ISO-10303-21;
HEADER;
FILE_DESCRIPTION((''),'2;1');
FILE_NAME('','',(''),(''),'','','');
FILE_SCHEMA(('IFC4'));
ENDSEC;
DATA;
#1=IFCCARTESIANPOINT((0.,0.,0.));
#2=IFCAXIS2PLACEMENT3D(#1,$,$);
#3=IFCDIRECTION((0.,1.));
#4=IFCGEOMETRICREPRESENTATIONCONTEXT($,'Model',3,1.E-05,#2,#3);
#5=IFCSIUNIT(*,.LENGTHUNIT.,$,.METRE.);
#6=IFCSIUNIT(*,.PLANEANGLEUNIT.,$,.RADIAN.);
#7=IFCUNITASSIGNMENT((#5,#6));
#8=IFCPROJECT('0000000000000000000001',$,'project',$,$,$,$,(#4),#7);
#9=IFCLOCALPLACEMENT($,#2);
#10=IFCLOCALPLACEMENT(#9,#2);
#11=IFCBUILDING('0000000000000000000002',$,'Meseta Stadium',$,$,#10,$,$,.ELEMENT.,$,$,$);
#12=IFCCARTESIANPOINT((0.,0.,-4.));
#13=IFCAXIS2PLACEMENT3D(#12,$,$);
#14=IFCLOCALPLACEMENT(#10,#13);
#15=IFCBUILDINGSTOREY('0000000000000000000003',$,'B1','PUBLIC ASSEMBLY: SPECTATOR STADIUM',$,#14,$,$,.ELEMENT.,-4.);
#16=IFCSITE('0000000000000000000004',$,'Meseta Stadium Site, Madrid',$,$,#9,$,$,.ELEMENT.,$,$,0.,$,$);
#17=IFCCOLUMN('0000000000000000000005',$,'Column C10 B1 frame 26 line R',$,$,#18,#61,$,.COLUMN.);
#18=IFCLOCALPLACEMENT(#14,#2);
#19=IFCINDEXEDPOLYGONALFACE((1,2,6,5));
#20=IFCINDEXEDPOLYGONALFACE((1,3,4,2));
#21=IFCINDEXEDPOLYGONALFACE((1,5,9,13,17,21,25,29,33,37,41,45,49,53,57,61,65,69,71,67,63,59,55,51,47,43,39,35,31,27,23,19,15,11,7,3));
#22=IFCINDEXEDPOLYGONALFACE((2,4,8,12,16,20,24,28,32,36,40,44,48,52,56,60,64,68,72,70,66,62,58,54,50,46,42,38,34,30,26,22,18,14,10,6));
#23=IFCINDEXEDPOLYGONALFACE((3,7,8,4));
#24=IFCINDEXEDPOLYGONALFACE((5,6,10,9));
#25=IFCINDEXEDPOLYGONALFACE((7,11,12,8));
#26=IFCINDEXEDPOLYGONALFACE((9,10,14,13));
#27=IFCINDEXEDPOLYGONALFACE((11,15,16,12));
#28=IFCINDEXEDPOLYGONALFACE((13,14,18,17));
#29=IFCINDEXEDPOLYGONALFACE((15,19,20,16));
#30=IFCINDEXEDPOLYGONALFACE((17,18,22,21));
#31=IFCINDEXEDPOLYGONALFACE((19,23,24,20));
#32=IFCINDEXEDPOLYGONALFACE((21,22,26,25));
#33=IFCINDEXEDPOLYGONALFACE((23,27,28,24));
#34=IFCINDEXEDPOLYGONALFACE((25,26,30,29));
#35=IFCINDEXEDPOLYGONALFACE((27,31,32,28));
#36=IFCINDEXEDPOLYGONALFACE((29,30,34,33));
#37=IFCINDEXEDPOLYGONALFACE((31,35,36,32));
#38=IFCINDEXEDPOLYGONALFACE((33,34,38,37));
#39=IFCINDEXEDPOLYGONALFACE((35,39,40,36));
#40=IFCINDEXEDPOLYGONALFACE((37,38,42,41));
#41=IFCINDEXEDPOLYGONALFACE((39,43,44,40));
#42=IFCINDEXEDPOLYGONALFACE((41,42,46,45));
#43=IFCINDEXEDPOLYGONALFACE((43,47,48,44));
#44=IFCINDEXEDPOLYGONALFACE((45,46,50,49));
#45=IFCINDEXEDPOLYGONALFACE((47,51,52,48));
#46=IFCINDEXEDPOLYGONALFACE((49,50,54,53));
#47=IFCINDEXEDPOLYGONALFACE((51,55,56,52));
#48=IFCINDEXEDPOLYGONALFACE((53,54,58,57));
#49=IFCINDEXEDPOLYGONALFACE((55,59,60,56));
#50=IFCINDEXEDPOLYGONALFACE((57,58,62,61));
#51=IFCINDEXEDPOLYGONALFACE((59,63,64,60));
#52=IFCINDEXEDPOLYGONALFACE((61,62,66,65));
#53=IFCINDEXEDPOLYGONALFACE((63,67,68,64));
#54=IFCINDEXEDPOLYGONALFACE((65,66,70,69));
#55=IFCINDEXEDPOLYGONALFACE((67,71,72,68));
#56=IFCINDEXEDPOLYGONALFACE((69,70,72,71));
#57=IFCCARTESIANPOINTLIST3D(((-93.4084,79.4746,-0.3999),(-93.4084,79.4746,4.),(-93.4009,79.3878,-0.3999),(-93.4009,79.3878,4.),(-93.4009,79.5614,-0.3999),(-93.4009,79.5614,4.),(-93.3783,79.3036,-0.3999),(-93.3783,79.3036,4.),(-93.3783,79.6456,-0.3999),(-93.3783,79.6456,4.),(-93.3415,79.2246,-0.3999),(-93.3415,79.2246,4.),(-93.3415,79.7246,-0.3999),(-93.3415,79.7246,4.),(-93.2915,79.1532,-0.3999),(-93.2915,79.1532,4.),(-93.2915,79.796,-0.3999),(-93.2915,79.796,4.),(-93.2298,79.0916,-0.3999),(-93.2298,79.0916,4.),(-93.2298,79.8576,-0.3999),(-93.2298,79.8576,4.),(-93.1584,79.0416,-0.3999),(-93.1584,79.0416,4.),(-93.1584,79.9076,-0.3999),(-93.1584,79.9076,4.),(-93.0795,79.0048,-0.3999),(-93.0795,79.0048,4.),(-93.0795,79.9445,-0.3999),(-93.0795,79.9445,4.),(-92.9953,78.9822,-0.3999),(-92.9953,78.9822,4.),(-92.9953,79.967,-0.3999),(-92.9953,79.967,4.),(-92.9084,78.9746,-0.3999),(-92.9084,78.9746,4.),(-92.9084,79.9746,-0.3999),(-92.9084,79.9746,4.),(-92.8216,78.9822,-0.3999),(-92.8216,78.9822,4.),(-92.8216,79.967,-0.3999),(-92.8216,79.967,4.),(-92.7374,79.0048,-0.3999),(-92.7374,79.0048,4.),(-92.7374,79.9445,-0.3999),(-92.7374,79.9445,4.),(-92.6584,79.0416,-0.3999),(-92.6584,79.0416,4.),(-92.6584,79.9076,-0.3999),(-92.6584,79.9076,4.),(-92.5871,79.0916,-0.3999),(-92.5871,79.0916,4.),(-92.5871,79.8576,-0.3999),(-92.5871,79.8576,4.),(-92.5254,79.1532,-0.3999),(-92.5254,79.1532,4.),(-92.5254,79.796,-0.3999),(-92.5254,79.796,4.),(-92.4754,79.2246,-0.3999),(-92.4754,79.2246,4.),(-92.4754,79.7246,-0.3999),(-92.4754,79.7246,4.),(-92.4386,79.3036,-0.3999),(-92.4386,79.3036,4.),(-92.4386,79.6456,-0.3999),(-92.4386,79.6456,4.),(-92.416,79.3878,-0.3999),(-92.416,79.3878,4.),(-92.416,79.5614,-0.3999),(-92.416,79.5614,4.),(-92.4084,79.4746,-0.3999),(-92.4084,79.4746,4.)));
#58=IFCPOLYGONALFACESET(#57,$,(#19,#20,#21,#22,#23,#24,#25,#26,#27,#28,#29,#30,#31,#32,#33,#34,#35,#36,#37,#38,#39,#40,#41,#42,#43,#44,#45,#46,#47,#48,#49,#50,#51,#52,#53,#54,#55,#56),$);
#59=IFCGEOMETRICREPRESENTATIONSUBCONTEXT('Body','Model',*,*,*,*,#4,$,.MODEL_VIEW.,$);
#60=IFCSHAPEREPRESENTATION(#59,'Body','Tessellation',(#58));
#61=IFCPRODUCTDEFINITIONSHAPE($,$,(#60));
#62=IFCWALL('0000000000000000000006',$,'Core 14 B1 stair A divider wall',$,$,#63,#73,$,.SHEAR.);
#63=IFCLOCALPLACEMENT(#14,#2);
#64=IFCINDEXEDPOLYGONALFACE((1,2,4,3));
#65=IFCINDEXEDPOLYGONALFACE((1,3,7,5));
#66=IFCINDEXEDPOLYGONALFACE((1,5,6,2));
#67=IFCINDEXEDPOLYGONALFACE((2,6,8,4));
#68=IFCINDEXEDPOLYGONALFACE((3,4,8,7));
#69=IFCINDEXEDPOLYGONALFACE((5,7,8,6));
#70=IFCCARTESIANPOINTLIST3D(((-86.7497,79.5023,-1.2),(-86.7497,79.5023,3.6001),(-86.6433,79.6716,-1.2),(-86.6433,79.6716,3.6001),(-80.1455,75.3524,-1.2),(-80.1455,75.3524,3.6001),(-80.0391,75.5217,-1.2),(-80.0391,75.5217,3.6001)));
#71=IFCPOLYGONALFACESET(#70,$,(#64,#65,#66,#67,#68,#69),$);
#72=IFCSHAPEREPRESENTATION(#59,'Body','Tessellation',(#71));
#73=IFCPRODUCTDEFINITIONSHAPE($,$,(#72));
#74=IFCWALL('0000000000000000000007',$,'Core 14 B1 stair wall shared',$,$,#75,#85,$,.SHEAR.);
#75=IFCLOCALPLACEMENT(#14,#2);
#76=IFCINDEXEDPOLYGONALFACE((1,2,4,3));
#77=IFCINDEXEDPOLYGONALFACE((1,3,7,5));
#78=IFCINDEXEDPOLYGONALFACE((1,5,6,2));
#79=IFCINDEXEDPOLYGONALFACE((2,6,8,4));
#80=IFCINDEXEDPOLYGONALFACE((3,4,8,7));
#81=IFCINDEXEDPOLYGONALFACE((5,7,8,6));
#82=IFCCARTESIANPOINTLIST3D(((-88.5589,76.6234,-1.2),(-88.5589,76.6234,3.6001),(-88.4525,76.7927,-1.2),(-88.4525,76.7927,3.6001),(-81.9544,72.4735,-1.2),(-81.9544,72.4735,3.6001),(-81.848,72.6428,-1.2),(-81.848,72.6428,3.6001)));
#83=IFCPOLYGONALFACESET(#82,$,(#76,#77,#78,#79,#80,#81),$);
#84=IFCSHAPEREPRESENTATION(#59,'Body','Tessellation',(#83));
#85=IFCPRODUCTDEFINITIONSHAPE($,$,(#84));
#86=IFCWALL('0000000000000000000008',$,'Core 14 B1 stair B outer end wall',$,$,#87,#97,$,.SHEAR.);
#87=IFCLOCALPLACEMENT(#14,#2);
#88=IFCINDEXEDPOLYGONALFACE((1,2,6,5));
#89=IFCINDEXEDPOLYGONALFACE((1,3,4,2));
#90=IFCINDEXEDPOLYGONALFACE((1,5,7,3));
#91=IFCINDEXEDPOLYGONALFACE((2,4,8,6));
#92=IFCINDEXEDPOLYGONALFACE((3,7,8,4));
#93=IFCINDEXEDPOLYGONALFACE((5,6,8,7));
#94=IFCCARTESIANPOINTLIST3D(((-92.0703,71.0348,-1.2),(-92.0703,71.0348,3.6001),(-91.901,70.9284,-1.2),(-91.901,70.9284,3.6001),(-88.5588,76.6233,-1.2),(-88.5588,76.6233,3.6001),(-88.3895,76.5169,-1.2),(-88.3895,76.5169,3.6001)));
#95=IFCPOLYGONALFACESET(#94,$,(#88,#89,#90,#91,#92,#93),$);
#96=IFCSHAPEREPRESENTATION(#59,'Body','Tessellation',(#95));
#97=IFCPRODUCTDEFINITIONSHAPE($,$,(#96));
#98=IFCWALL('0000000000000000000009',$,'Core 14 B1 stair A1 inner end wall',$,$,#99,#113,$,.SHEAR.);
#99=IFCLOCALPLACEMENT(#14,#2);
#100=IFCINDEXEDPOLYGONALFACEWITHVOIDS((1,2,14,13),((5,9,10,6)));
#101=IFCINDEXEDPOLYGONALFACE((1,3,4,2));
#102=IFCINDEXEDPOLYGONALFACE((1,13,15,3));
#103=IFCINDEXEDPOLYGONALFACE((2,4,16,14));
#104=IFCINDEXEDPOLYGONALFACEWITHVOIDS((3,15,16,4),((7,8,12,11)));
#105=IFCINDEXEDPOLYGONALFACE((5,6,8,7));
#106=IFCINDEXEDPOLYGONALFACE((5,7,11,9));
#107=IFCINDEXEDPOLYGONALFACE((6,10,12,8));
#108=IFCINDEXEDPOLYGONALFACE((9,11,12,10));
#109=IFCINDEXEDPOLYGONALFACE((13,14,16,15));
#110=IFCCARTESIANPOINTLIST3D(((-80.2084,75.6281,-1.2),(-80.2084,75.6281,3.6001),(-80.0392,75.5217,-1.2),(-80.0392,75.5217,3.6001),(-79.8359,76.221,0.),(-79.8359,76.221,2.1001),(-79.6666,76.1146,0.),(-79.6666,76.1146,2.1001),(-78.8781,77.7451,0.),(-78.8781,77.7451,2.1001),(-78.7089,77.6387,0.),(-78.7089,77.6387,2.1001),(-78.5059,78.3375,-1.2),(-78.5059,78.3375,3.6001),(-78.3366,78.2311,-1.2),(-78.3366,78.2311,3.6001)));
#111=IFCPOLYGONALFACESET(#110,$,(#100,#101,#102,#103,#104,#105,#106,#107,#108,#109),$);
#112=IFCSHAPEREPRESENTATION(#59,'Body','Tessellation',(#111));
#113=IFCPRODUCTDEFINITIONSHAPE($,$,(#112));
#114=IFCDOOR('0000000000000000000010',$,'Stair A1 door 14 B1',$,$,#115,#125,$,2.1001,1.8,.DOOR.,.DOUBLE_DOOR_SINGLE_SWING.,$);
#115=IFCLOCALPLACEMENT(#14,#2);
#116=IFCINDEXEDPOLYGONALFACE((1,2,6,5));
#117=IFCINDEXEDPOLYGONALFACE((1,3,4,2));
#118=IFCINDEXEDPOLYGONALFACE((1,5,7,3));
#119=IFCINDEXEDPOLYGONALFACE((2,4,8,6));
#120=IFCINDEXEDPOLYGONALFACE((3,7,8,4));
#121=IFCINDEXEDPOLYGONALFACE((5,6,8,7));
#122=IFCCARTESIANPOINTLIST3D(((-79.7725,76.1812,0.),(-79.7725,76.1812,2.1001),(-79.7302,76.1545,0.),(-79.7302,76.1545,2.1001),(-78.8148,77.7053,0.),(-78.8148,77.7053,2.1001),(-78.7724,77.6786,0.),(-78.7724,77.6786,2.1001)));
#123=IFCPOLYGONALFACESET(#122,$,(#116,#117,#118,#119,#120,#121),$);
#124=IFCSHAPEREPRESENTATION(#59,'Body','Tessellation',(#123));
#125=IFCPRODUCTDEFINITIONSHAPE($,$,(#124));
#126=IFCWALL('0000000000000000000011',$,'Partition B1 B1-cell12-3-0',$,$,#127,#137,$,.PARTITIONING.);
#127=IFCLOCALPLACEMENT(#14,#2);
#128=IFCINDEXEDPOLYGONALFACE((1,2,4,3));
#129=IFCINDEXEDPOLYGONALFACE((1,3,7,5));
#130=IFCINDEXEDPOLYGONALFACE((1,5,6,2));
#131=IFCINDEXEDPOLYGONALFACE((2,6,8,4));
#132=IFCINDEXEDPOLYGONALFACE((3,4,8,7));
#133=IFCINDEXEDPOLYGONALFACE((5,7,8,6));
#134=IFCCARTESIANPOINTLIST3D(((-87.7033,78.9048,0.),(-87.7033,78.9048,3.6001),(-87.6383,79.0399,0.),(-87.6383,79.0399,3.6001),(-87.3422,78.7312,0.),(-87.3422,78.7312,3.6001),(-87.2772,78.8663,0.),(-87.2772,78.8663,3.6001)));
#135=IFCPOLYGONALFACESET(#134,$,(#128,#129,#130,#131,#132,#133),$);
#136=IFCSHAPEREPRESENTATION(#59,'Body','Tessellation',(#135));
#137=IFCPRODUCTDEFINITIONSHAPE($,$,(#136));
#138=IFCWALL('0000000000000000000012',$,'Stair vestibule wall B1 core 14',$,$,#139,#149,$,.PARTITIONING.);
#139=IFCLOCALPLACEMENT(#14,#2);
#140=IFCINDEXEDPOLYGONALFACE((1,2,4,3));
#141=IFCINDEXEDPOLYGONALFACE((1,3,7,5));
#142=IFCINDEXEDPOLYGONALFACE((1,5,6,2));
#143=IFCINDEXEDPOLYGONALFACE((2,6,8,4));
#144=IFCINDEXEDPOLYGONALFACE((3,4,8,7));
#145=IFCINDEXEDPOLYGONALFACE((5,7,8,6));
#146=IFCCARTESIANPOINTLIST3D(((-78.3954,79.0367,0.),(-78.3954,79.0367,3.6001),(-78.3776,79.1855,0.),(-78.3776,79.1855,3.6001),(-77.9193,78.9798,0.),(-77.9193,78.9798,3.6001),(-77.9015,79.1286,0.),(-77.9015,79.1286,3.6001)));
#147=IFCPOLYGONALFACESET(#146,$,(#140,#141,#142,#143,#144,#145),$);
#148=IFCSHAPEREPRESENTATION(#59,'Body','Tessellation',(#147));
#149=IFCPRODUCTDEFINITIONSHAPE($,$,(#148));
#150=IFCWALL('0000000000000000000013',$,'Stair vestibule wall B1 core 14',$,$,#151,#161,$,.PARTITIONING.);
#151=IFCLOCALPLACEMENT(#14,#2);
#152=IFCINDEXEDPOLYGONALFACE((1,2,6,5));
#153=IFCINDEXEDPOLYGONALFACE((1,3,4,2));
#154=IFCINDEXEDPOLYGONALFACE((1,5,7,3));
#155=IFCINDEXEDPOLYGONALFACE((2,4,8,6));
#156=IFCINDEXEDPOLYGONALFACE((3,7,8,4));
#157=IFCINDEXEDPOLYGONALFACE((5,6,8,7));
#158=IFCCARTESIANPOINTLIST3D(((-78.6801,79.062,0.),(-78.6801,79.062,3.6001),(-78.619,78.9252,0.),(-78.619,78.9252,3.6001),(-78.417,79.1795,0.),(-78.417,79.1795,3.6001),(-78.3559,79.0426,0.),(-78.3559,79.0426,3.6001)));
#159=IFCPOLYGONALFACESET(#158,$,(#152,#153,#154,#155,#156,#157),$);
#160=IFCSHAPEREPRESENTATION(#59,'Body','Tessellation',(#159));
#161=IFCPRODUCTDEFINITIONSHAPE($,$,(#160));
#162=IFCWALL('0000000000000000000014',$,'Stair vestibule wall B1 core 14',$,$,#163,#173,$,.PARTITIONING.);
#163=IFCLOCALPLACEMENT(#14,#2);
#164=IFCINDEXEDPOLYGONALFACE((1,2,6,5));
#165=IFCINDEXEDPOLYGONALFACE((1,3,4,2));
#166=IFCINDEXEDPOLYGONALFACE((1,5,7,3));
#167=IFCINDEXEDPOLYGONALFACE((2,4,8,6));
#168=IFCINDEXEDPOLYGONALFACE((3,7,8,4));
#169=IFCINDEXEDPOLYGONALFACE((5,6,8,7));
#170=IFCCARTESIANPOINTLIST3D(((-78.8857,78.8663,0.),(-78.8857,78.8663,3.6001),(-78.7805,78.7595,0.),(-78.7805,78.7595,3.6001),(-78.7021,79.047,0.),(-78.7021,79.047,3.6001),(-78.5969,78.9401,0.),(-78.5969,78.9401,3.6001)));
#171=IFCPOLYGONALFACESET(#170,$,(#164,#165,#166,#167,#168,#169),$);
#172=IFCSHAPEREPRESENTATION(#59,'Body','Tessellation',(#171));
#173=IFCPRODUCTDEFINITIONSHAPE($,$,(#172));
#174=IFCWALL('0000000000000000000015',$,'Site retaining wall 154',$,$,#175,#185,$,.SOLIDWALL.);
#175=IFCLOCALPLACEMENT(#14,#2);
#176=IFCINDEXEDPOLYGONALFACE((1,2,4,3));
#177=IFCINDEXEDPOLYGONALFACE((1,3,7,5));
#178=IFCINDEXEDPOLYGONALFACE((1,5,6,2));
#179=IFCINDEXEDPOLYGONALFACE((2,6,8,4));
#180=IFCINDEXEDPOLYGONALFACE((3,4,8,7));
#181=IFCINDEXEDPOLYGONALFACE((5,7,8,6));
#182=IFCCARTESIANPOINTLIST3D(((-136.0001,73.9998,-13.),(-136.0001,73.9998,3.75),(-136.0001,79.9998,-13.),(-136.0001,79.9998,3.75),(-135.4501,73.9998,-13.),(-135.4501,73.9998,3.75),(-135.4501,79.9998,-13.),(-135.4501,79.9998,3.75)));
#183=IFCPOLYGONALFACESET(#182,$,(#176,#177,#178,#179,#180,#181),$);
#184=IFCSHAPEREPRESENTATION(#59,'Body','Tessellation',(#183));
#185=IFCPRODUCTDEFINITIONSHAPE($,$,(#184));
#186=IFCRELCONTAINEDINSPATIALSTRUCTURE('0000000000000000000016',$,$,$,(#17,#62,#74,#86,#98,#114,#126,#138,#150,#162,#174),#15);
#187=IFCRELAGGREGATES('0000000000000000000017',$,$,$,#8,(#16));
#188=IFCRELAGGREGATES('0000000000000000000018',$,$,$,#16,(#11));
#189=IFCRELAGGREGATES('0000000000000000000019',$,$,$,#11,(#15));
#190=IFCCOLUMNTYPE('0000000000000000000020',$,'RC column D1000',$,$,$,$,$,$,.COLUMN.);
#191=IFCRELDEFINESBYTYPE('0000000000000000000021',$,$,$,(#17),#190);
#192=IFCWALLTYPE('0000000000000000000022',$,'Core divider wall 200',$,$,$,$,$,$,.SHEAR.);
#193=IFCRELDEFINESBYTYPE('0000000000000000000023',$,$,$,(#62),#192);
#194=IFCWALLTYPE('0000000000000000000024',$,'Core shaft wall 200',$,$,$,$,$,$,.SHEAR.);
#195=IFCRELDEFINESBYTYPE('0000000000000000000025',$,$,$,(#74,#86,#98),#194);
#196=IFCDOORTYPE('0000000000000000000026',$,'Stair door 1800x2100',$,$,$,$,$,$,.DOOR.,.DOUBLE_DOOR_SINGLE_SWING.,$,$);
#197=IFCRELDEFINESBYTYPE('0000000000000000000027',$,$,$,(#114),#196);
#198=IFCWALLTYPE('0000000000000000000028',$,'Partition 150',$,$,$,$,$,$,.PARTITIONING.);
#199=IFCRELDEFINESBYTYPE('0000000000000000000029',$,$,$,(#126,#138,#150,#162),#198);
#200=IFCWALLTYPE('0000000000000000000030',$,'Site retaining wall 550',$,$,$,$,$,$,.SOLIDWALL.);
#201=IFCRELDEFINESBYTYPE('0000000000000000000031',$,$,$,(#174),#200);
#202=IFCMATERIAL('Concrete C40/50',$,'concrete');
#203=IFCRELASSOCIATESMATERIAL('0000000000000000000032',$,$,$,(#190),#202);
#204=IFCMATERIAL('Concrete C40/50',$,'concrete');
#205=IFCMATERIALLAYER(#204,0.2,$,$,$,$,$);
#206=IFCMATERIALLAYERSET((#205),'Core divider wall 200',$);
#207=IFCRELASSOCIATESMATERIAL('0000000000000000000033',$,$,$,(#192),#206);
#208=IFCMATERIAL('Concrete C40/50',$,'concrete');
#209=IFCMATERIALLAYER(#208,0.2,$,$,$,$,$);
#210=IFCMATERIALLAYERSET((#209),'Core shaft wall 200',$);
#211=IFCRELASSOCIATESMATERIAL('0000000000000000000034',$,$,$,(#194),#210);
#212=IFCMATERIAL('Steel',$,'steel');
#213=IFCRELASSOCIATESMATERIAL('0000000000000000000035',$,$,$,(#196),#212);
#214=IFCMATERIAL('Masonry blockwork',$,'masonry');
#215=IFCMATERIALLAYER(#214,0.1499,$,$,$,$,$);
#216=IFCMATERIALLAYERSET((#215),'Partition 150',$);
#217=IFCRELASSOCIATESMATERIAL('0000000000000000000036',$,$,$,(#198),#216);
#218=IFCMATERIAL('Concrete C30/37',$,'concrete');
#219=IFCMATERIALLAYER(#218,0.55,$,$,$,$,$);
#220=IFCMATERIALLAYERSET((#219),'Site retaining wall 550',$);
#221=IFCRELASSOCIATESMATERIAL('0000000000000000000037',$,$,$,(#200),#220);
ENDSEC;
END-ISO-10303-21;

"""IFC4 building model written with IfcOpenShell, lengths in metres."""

from ifc_helpers import new_model, si_unit, direction, frame, frame_2d, origin, origin_2d, place, context, subcontext, project, spatial, rectangle, circle, extrude, material, layer, layer_set, material_profile, profile_set, type_object, element, fill, save


model = new_model("IFC4")

# Units and contexts
model_context = context("Model", 3, precision=1e-05, world=origin(), true_north=direction((0.0, 1.0)))
body_context = subcontext(model_context, "Body", "Model", "MODEL_VIEW")
ifc_project = project(units=[si_unit("LENGTHUNIT", "METRE"), si_unit("PLANEANGLEUNIT", "RADIAN")], contexts=[model_context])

# Site, building, storey
site_placement = place(None, origin())
site = spatial("IfcSite", under=ifc_project, at=site_placement, Name="Meseta Stadium Site, Madrid", CompositionType="ELEMENT", RefElevation=0.0)
building_placement = place(site_placement, origin())
building = spatial("IfcBuilding", under=site, at=building_placement, Name="Meseta Stadium", CompositionType="ELEMENT")
storey_placement = place(building_placement, frame((0.0, 0.0, -4.0)))
storey = spatial("IfcBuildingStorey", under=building, at=storey_placement, Name="B1", Description="PUBLIC ASSEMBLY: SPECTATOR STADIUM", CompositionType="ELEMENT", Elevation=-4.0)

# Column
ifc_material_1 = material(Name="Concrete C40/50", Category="concrete")
ifc_material_profile = material_profile(ifc_material_1, circle(Radius=0.5, at=origin_2d()), Name="RC D1000")
ifc_profile_set = profile_set([ifc_material_profile], Name="Concrete C40/50")
column_type = type_object("IfcColumnType", Name="RC column D1000", PredefinedType="COLUMN", material=ifc_profile_set)
column_placement = place(storey_placement, frame((-92.9084, 79.4746, -0.3999), z_axis=(0.0, 0.0, 1.0), x_axis=(1.0, 0.0, 0.0)))
element("IfcColumn", 1, at=column_placement, inside=storey, type_object=column_type, Name="Column C10 B1 frame 26 line R", PredefinedType="COLUMN", context=body_context, shape_type="SweptSolid", body=[
    extrude(circle(Radius=0.5, at=origin_2d()), origin(), (0.0, 0.0, 1.0), 4.3999),
])

# Walls
ifc_material_2 = material(Name="Concrete C40/50", Category="concrete")
ifc_layer_1 = layer(ifc_material_2, 0.2)
ifc_layer_set_1 = layer_set([ifc_layer_1], Name="Core divider wall 200")
wall_type_1 = type_object("IfcWallType", Name="Core divider wall 200", PredefinedType="SHEAR", material=ifc_layer_set_1)
wall_1_placement = place(storey_placement, frame((-86.6965, 79.5869, -1.2), z_axis=(0.0, 0.0, 1.0), x_axis=(0.846714, -0.532048, 0.0)))
element("IfcWall", 2, at=wall_1_placement, inside=storey, type_object=wall_type_1, Name="Core 14 B1 stair A divider wall", PredefinedType="SHEAR", context=body_context, shape_type="SweptSolid", body=[
    extrude(rectangle(XDim=7.7998, YDim=0.2, at=frame_2d((3.8999, 0.0))), origin(), (0.0, 0.0, 1.0), 4.8),
])
ifc_material_3 = material(Name="Concrete C40/50", Category="concrete")
ifc_layer_2 = layer(ifc_material_3, 0.2)
ifc_layer_set_2 = layer_set([ifc_layer_2], Name="Core shaft wall 200")
wall_type_2 = type_object("IfcWallType", Name="Core shaft wall 200", PredefinedType="SHEAR", material=ifc_layer_set_2)
wall_2_placement = place(storey_placement, frame((-88.5056, 76.708, -1.2), z_axis=(0.0, 0.0, 1.0), x_axis=(0.846723, -0.532034, 0.0)))
element("IfcWall", 3, at=wall_2_placement, inside=storey, type_object=wall_type_2, Name="Core 14 B1 stair wall shared", PredefinedType="SHEAR", context=body_context, shape_type="SweptSolid", body=[
    extrude(rectangle(XDim=7.8, YDim=0.2, at=frame_2d((3.8999, 0.0))), origin(), (0.0, 0.0, 1.0), 4.8),
])
wall_3_placement = place(storey_placement, frame((-88.4741, 76.5701, -1.2), z_axis=(0.0, 0.0, 1.0), x_axis=(-0.532039, -0.84672, 0.0)))
element("IfcWall", 4, at=wall_3_placement, inside=storey, type_object=wall_type_2, Name="Core 14 B1 stair B outer end wall", PredefinedType="SHEAR", context=body_context, shape_type="SweptSolid", body=[
    extrude(rectangle(XDim=6.6001, YDim=0.2, at=frame_2d((3.3, 0.0))), origin(), (0.0, 0.0, 1.0), 4.8),
])

# Wall, opening, door
wall_4_placement = place(storey_placement, frame((-78.4211, 78.2844, -1.2), z_axis=(0.0, 0.0, 1.0), x_axis=(-0.532068, -0.846701, 0.0)))
wall_4 = element("IfcWall", 5, at=wall_4_placement, inside=storey, type_object=wall_type_2, Name="Core 14 B1 stair A1 inner end wall", PredefinedType="SHEAR", context=body_context, shape_type="SweptSolid", body=[
    extrude(rectangle(XDim=3.2, YDim=0.2, at=frame_2d((1.6001, 0.0))), origin(), (0.0, 0.0, 1.0), 4.8),
])
opening_placement = place(wall_4_placement, frame((0.7, 0.0, 1.2)))
opening = element("IfcOpeningElement", 6, at=opening_placement, cuts=wall_4, PredefinedType="OPENING", context=body_context, shape_type="SweptSolid", body=[
    extrude(rectangle(XDim=1.8, YDim=2.1001, at=frame_2d((0.8999, 1.05))), frame((0.0, 0.1099, 0.0), z_axis=(0.0, -1.0, 0.0), x_axis=(1.0, 0.0, 0.0)), (0.0, 0.0, 1.0), 0.22),
])
ifc_material_4 = material(Name="Steel", Category="steel")
door_type = type_object("IfcDoorType", Name="Stair door 1800x2100", OperationType="DOUBLE_DOOR_SINGLE_SWING", PredefinedType="DOOR", material=ifc_material_4)
door_placement = place(opening_placement, origin())
door = element("IfcDoor", 7, at=door_placement, inside=storey, type_object=door_type, Name="Stair A1 door 14 B1", OperationType="DOUBLE_DOOR_SINGLE_SWING", OverallHeight=2.1001, OverallWidth=1.8, PredefinedType="DOOR", context=body_context, shape_type="SweptSolid", body=[
    extrude(rectangle(XDim=1.8, YDim=2.1001, at=frame_2d((0.8999, 1.05))), frame((0.0, 0.0249, 0.0), z_axis=(0.0, -1.0, 0.0), x_axis=(1.0, 0.0, 0.0)), (0.0, 0.0, 1.0), 0.05),
])
fill(opening, door)

# Walls
ifc_material_5 = material(Name="Masonry blockwork", Category="masonry")
ifc_layer_3 = layer(ifc_material_5, 0.1499)
ifc_layer_set_3 = layer_set([ifc_layer_3], Name="Partition 150")
wall_type_3 = type_object("IfcWallType", Name="Partition 150", PredefinedType="PARTITIONING", material=ifc_layer_set_3)
wall_5_placement = place(storey_placement, frame((-87.3098, 78.7988, 0.0), z_axis=(0.0, 0.0, 1.0), x_axis=(-0.901266, 0.433266, 0.0)))
element("IfcWall", 8, at=wall_5_placement, inside=storey, type_object=wall_type_3, Name="Partition B1 B1-cell12-3-0", PredefinedType="PARTITIONING", context=body_context, shape_type="SweptSolid", body=[
    extrude(rectangle(XDim=0.4006, YDim=0.1499, at=frame_2d((0.2002, 0.0))), origin(), (0.0, 0.0, 1.0), 3.6001),
])
wall_6_placement = place(storey_placement, frame((-77.9104, 79.0542, 0.0), z_axis=(0.0, 0.0, 1.0), x_axis=(-0.992937, 0.118643, 0.0)))
element("IfcWall", 9, at=wall_6_placement, inside=storey, type_object=wall_type_3, Name="Stair vestibule wall B1 core 14", PredefinedType="PARTITIONING", context=body_context, shape_type="SweptSolid", body=[
    extrude(rectangle(XDim=0.4795, YDim=0.1499, at=frame_2d((0.2397, 0.0))), origin(), (0.0, 0.0, 1.0), 3.6001),
])
wall_7_placement = place(storey_placement, frame((-78.3865, 79.1111, 0.0), z_axis=(0.0, 0.0, 1.0), x_axis=(-0.913076, -0.40779, 0.0)))
element("IfcWall", 10, at=wall_7_placement, inside=storey, type_object=wall_type_3, Name="Stair vestibule wall B1 core 14", PredefinedType="PARTITIONING", context=body_context, shape_type="SweptSolid", body=[
    extrude(rectangle(XDim=0.2881, YDim=0.1499, at=frame_2d((0.144, 0.0))), origin(), (0.0, 0.0, 1.0), 3.6001),
])
wall_8_placement = place(storey_placement, frame((-78.6494, 78.9937, 0.0), z_axis=(0.0, 0.0, 1.0), x_axis=(-0.712771, -0.701397, 0.0)))
element("IfcWall", 11, at=wall_8_placement, inside=storey, type_object=wall_type_3, Name="Stair vestibule wall B1 core 14", PredefinedType="PARTITIONING", context=body_context, shape_type="SweptSolid", body=[
    extrude(rectangle(XDim=0.2576, YDim=0.1499, at=frame_2d((0.1289, 0.0))), origin(), (0.0, 0.0, 1.0), 3.6001),
])
ifc_material_6 = material(Name="Concrete C30/37", Category="concrete")
ifc_layer_4 = layer(ifc_material_6, 0.55)
ifc_layer_set_4 = layer_set([ifc_layer_4], Name="Site retaining wall 550")
wall_type_4 = type_object("IfcWallType", Name="Site retaining wall 550", PredefinedType="SOLIDWALL", material=ifc_layer_set_4)
wall_9_placement = place(storey_placement, frame((-135.7251, 79.9998, -13.0), z_axis=(0.0, 0.0, 1.0), x_axis=(0.0, -1.0, 0.0)))
element("IfcWall", 12, at=wall_9_placement, inside=storey, type_object=wall_type_4, Name="Site retaining wall 154", PredefinedType="SOLIDWALL", context=body_context, shape_type="SweptSolid", body=[
    extrude(rectangle(XDim=6.0, YDim=0.55, at=frame_2d((3.0, 0.0))), origin(), (0.0, 0.0, 1.0), 16.75),
])

save(model, "model.ifc")
